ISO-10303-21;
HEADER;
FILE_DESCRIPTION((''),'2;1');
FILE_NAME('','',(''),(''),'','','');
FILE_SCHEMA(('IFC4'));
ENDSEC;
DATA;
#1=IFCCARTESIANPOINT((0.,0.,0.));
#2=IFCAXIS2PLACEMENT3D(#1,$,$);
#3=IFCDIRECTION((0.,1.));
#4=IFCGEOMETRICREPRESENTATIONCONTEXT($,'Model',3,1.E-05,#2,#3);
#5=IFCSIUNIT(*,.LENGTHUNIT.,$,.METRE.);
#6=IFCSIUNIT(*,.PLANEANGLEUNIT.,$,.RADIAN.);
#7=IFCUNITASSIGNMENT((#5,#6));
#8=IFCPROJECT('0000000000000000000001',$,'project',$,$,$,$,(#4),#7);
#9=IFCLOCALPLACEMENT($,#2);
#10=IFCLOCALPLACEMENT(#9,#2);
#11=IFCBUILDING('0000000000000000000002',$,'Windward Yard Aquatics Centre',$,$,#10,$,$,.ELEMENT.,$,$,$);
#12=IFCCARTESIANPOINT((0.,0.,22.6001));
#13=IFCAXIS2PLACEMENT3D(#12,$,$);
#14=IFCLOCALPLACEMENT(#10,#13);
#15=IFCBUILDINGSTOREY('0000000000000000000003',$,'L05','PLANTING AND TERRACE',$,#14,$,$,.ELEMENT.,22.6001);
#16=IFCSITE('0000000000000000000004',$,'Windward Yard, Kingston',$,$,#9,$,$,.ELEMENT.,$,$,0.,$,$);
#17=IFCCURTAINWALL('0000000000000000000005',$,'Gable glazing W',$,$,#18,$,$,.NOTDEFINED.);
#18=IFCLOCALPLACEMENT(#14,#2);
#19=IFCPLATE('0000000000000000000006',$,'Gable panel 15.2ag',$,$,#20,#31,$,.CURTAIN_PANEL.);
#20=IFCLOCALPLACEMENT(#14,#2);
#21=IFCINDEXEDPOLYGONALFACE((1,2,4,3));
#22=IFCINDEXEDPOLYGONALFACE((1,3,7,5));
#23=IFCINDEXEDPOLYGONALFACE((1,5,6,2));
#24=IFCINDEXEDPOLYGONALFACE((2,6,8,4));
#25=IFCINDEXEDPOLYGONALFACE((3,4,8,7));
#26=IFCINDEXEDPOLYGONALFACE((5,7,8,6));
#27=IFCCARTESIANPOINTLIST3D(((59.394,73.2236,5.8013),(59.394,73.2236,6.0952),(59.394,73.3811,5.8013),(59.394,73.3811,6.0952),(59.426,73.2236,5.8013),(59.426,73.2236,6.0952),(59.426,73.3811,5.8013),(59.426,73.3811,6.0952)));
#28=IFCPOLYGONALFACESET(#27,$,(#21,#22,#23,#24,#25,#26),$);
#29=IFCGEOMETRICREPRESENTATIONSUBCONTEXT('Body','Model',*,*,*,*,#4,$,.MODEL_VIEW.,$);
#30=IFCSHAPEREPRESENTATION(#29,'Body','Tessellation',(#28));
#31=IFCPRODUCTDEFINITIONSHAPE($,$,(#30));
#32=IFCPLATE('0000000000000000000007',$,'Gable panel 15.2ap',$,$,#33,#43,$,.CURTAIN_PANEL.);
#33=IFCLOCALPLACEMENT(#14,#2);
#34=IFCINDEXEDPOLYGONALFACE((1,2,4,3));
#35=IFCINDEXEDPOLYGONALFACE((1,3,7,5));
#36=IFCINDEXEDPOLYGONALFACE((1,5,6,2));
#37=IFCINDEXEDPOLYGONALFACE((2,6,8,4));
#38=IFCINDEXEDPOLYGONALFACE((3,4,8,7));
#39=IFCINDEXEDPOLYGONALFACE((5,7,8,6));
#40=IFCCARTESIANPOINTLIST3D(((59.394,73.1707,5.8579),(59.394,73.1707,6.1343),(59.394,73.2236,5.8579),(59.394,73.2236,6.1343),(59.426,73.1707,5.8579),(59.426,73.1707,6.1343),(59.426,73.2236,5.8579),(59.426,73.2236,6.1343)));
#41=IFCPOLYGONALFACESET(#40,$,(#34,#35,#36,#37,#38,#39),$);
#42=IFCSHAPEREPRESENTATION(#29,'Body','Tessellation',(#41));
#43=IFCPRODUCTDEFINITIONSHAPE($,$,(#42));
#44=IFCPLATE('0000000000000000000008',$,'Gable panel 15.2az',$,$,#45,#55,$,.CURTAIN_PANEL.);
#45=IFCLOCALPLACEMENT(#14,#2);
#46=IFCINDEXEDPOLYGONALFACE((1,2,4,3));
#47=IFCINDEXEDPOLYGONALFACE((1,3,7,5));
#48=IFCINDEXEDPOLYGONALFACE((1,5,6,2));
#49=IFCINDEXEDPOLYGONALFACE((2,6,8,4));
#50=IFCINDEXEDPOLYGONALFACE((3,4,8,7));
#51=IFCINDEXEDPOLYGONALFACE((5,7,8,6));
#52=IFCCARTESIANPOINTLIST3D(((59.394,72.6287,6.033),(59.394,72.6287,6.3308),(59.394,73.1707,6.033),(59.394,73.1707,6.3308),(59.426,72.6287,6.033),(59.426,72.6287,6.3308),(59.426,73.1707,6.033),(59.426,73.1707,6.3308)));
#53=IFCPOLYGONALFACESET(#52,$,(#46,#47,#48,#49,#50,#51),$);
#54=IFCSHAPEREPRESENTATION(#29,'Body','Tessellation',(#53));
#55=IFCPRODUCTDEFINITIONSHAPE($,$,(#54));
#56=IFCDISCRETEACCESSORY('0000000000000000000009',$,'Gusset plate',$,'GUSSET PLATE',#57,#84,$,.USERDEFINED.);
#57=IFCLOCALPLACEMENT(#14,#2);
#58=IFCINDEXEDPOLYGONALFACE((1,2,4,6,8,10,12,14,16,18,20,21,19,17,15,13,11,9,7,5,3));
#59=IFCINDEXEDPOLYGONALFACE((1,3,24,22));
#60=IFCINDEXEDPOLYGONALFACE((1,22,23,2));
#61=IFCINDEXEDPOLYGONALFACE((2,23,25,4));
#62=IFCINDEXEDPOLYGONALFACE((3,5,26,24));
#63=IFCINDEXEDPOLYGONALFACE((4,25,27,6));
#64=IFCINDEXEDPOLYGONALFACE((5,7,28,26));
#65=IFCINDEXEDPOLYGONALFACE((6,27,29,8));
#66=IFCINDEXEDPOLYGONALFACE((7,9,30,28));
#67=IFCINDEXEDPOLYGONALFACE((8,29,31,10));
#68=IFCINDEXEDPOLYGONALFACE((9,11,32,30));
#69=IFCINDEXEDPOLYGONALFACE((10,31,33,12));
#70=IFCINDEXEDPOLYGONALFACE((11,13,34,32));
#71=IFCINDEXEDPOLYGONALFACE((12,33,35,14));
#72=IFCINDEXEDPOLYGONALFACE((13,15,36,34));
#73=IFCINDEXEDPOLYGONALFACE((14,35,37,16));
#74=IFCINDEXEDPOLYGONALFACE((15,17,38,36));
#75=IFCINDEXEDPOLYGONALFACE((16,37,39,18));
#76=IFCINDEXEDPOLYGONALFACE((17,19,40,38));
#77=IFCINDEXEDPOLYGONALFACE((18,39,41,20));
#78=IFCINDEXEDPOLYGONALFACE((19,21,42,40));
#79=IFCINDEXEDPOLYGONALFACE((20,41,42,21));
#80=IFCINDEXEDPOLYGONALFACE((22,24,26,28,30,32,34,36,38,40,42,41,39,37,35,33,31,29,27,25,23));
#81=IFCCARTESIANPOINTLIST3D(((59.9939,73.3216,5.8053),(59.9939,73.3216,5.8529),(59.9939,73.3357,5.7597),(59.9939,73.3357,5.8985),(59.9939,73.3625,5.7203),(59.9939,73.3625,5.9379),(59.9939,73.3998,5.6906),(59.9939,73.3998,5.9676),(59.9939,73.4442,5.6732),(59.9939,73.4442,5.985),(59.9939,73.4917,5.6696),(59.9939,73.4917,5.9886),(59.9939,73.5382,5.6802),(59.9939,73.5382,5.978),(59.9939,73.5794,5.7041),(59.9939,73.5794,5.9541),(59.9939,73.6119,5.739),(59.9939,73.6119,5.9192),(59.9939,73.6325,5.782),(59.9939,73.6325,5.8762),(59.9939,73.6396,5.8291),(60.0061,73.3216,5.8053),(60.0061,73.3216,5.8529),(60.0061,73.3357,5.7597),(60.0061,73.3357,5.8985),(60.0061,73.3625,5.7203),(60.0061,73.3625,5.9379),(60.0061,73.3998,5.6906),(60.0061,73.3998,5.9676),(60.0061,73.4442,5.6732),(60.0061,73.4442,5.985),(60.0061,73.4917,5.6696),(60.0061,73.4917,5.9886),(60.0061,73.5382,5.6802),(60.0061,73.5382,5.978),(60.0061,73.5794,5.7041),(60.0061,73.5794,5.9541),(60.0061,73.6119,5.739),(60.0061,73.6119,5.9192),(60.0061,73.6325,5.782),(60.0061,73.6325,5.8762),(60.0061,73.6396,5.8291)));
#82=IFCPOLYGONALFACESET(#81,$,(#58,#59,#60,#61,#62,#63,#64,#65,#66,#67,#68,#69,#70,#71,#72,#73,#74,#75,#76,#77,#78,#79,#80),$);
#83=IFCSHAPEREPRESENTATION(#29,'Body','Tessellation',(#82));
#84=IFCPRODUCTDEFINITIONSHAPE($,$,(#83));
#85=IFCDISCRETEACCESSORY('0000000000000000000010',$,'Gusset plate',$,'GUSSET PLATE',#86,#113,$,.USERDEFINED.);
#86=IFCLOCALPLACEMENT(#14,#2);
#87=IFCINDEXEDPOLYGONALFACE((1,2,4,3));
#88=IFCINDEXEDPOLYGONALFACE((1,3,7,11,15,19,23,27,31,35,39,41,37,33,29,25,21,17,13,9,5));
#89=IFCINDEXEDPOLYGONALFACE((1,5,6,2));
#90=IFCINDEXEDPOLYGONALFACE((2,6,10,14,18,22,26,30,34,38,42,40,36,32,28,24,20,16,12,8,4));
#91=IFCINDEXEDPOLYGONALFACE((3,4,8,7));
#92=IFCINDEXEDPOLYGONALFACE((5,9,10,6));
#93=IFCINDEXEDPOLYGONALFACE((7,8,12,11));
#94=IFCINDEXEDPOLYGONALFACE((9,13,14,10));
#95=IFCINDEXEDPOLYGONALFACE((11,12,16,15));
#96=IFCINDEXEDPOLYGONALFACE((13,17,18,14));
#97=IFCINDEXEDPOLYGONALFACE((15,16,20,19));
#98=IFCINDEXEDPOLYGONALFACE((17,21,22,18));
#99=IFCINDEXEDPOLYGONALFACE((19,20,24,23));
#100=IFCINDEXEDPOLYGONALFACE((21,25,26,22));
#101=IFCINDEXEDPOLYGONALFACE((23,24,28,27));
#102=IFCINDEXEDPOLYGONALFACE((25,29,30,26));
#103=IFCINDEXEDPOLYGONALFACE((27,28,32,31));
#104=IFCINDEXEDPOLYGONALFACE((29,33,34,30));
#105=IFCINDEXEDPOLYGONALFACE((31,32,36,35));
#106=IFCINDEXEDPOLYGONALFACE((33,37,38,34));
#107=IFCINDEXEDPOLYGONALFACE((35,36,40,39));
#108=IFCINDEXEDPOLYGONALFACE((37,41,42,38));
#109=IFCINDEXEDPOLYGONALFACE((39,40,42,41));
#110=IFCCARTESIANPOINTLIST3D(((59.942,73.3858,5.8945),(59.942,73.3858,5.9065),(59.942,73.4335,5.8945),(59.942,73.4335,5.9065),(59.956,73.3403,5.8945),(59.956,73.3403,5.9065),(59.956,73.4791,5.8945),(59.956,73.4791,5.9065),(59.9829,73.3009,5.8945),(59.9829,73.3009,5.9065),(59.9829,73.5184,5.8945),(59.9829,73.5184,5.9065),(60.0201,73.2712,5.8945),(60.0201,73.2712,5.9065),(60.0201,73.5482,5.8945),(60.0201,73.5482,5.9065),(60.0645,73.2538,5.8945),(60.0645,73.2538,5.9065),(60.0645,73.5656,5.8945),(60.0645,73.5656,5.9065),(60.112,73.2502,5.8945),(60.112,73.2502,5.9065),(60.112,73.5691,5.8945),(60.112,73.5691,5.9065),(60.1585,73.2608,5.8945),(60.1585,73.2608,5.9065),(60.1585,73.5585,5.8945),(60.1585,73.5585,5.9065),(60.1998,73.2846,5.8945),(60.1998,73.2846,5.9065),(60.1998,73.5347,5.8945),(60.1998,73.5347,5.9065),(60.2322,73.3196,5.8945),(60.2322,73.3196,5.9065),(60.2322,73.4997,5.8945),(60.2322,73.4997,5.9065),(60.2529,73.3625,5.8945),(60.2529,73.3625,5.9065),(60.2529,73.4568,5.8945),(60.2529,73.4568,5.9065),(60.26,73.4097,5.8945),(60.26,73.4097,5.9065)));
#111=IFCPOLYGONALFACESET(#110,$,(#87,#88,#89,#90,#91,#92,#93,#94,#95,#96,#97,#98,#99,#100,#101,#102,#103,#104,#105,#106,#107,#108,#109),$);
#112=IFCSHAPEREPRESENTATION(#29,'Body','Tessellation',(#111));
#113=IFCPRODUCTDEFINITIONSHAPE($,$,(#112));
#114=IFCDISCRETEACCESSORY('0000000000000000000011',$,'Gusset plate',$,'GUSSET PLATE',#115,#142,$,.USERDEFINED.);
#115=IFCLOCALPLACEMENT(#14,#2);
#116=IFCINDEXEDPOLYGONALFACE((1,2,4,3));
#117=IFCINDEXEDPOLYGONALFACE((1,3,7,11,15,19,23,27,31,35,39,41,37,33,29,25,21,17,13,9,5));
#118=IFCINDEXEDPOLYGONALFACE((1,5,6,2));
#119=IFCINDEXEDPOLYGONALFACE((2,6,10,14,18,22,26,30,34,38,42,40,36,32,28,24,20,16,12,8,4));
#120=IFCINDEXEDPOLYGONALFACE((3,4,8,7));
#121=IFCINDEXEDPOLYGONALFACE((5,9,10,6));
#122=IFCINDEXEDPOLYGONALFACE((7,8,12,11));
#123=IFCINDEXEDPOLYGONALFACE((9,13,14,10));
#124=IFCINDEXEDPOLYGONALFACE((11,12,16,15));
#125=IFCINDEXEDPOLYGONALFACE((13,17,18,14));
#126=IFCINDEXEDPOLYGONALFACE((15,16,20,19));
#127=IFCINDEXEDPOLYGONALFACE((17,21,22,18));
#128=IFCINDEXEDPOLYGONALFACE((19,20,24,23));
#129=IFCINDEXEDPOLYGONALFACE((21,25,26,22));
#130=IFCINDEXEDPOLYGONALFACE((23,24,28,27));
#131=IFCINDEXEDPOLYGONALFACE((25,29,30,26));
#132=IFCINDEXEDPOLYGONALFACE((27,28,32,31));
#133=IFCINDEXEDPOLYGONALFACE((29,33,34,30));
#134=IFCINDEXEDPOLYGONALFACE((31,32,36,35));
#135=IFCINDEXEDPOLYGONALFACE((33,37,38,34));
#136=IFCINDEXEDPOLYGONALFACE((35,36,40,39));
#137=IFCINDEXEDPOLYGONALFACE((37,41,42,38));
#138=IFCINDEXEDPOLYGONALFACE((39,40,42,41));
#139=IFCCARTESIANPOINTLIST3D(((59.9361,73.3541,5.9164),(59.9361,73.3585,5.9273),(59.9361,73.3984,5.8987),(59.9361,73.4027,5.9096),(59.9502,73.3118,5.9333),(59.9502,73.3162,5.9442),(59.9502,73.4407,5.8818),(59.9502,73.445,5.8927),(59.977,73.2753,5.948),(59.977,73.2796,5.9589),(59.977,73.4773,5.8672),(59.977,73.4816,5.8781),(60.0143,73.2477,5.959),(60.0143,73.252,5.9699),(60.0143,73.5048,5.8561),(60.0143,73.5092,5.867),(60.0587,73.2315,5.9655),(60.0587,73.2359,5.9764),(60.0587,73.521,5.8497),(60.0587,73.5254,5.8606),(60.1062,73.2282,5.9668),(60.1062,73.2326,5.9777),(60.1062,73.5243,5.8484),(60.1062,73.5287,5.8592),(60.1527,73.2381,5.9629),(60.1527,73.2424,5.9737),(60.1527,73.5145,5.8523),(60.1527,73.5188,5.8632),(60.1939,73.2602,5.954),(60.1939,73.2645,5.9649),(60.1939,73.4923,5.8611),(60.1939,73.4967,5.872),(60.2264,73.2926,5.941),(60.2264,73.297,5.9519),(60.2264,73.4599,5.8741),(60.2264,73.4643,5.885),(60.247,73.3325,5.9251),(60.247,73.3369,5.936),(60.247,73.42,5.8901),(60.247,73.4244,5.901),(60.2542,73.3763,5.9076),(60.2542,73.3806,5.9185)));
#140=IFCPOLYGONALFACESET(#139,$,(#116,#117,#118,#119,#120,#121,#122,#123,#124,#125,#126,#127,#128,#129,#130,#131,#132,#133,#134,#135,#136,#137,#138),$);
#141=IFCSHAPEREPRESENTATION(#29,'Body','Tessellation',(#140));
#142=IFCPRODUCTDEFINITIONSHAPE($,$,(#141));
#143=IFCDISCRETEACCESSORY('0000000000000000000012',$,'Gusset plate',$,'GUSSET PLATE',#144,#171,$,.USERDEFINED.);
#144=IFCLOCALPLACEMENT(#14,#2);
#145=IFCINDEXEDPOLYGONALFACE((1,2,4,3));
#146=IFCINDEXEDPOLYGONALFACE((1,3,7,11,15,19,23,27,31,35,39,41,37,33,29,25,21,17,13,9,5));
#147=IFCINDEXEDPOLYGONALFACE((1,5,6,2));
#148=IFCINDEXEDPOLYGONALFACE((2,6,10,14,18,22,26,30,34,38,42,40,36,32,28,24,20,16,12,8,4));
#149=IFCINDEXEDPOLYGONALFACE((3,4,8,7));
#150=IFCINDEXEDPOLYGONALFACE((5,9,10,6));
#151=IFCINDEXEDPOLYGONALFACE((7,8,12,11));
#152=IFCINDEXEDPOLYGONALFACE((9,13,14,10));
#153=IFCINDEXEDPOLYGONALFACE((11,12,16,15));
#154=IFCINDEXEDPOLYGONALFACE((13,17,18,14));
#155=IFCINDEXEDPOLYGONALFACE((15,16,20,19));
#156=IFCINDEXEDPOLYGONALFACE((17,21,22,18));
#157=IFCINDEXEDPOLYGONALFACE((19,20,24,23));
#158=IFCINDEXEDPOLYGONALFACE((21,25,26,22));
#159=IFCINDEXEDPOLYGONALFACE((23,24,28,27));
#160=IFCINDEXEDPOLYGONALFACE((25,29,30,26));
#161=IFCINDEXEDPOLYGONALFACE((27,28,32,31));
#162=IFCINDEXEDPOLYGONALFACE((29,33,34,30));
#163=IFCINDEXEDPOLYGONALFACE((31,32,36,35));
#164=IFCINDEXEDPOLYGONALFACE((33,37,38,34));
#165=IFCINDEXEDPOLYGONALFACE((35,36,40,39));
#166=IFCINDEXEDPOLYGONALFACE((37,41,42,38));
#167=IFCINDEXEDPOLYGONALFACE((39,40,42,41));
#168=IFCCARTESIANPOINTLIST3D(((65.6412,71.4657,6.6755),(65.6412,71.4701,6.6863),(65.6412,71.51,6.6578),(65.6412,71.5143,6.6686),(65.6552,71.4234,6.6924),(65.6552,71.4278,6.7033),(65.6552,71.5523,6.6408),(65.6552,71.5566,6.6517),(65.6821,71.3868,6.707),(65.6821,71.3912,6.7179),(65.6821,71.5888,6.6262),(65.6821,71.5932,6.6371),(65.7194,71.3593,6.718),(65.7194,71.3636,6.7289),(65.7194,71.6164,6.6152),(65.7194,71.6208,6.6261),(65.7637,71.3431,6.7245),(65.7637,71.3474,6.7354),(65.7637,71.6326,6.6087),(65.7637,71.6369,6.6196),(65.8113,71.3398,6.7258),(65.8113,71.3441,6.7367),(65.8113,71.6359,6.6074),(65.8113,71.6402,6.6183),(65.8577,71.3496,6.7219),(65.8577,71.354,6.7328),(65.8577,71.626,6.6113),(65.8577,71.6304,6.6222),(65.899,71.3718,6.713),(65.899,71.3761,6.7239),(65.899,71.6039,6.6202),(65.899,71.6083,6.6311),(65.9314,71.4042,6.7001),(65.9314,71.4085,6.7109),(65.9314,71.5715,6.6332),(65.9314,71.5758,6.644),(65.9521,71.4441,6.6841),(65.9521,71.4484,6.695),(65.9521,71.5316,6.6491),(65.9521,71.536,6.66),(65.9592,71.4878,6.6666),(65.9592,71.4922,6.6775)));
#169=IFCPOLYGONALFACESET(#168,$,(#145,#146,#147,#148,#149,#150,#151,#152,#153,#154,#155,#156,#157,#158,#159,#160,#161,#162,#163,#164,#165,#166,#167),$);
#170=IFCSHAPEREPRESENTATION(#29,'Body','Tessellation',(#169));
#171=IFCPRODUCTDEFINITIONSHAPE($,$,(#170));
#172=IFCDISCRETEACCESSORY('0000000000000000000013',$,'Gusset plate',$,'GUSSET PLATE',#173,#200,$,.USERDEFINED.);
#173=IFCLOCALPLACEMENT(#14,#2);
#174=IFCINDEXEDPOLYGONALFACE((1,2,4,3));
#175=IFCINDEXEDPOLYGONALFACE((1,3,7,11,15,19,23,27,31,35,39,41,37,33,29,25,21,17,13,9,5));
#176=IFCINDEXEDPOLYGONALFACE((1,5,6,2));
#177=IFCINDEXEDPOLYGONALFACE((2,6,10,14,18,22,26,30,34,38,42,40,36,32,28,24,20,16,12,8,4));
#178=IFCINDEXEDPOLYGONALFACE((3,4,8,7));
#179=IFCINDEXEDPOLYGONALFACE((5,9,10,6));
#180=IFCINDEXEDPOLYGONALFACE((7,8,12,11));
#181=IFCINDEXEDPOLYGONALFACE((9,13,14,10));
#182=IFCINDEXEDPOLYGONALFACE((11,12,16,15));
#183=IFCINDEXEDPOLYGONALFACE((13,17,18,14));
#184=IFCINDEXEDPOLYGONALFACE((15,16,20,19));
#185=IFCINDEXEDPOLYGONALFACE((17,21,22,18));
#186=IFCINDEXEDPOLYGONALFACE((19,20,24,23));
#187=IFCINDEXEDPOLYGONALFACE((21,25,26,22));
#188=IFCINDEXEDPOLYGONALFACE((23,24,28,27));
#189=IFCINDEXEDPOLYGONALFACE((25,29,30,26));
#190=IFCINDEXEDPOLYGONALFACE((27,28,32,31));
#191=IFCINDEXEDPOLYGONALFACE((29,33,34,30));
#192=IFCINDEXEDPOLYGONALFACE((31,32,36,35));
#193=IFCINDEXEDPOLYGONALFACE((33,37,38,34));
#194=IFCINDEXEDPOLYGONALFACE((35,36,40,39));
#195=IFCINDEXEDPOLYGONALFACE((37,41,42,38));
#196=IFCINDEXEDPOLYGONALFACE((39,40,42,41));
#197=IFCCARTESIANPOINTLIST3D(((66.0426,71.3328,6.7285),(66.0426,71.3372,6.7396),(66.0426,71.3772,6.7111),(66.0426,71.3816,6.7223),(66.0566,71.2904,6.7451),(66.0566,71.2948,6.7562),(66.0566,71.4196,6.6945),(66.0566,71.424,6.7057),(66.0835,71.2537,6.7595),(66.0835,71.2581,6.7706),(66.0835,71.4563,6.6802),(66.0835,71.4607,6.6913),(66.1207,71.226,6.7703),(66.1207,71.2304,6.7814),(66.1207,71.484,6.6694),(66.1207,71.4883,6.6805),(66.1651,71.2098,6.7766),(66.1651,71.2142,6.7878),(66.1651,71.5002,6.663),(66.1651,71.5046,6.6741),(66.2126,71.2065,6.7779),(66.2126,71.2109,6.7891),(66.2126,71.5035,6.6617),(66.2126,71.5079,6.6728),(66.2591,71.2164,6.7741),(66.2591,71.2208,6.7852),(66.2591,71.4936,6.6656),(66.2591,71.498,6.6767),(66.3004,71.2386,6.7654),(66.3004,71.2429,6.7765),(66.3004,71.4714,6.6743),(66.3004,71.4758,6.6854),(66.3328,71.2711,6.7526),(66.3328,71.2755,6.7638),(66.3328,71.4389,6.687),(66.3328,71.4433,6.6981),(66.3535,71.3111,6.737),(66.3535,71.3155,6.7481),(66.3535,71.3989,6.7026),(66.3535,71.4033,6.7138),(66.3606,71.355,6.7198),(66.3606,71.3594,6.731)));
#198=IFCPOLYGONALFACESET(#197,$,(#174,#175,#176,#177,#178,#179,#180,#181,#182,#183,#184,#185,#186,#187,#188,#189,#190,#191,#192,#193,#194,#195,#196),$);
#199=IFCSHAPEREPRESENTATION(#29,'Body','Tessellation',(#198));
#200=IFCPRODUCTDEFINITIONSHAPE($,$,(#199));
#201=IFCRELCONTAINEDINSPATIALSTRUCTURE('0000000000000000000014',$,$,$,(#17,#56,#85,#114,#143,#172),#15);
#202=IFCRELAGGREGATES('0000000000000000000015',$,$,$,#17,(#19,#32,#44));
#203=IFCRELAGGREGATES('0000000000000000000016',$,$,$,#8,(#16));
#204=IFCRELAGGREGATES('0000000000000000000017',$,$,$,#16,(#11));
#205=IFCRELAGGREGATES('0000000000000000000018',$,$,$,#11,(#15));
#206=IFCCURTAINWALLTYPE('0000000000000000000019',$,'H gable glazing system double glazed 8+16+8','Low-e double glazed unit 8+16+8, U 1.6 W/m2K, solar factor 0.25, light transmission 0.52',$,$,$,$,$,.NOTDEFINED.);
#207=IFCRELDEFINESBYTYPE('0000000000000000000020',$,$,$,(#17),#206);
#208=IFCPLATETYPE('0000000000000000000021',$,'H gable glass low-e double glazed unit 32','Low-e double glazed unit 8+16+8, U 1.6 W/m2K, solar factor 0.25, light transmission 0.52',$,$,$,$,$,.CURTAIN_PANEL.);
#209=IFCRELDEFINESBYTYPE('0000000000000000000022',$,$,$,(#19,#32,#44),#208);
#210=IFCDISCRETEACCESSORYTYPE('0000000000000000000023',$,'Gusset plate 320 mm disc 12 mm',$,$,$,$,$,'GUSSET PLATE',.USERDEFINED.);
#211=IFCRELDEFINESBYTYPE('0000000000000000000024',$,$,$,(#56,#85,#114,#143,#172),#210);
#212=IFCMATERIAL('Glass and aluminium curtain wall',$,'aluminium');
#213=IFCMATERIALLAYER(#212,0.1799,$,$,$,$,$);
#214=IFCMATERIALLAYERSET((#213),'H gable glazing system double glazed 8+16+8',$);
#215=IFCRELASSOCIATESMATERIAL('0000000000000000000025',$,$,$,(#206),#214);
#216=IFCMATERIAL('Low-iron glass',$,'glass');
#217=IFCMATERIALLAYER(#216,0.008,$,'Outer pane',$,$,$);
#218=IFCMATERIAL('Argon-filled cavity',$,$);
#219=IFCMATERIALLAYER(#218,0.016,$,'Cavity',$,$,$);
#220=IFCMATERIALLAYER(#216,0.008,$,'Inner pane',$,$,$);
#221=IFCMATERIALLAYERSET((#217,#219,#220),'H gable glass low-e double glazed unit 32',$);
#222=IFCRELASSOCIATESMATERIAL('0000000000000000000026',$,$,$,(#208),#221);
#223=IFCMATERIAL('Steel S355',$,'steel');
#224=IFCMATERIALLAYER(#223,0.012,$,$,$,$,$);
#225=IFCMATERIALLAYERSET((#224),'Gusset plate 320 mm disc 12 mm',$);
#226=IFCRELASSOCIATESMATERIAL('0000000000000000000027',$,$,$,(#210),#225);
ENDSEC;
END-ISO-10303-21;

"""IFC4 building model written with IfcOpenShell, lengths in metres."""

from ifc_helpers import new_model, si_unit, direction, frame, origin, origin_2d, place, context, subcontext, project, spatial, polyline, circle, outline, extrude, material, layer, layer_set, type_object, element, aggregate, save


model = new_model("IFC4")

# Units and contexts
model_context = context("Model", 3, precision=1e-05, world=origin(), true_north=direction((0.0, 1.0)))
body_context = subcontext(model_context, "Body", "Model", "MODEL_VIEW")
ifc_project = project(units=[si_unit("LENGTHUNIT", "METRE"), si_unit("PLANEANGLEUNIT", "RADIAN")], contexts=[model_context])

# Site, building, storey
site_placement = place(None, origin())
site = spatial("IfcSite", under=ifc_project, at=site_placement, Name="Windward Yard, Kingston", CompositionType="ELEMENT", RefElevation=0.0)
building_placement = place(site_placement, origin())
building = spatial("IfcBuilding", under=site, at=building_placement, Name="Windward Yard Aquatics Centre", CompositionType="ELEMENT")
storey_placement = place(building_placement, frame((0.0, 0.0, 22.6001)))
storey = spatial("IfcBuildingStorey", under=building, at=storey_placement, Name="L05", Description="PLANTING AND TERRACE", CompositionType="ELEMENT", Elevation=22.6001)

# Curtain wall, plates
ifc_material_1 = material(Name="Glass and aluminium curtain wall", Category="aluminium")
ifc_layer_1 = layer(ifc_material_1, 0.1799)
ifc_layer_set_1 = layer_set([ifc_layer_1], Name="H gable glazing system double glazed 8+16+8")
curtain_wall_type = type_object("IfcCurtainWallType", Name="H gable glazing system double glazed 8+16+8", Description="Low-e double glazed unit 8+16+8, U 1.6 W/m2K, solar factor 0.25, light transmission 0.52", PredefinedType="NOTDEFINED", material=ifc_layer_set_1)
curtain_wall_placement = place(storey_placement, origin())
curtain_wall = element("IfcCurtainWall", 1, at=curtain_wall_placement, inside=storey, type_object=curtain_wall_type, Name="Gable glazing W", PredefinedType="NOTDEFINED")
ifc_material_2 = material(Name="Low-iron glass", Category="glass")
ifc_layer_2 = layer(ifc_material_2, 0.008, Name="Outer pane")
ifc_material_3 = material(Name="Argon-filled cavity")
ifc_layer_3 = layer(ifc_material_3, 0.016, Name="Cavity")
ifc_layer_4 = layer(ifc_material_2, 0.008, Name="Inner pane")
ifc_layer_set_2 = layer_set([ifc_layer_2, ifc_layer_3, ifc_layer_4], Name="H gable glass low-e double glazed unit 32")
plate_type = type_object("IfcPlateType", Name="H gable glass low-e double glazed unit 32", Description="Low-e double glazed unit 8+16+8, U 1.6 W/m2K, solar factor 0.25, light transmission 0.52", PredefinedType="CURTAIN_PANEL", material=ifc_layer_set_2)
plate_1_placement = place(storey_placement, frame((59.426, 73.2236, 5.8013), z_axis=(1.0, 0.0, 0.0), x_axis=(0.0, 1.0, 0.0)))
plate_1 = element("IfcPlate", 2, at=plate_1_placement, type_object=plate_type, Name="Gable panel 15.2ag", PredefinedType="CURTAIN_PANEL", context=body_context, shape_type="SweptSolid", body=[
    extrude(outline(polyline([(0.0, 0.0), (0.1575, 0.0), (0.1575, 0.2939), (0.0, 0.2939), (0.0, 0.0)])), origin(), (0.0, 0.0, -1.0), 0.032),
])
plate_2_placement = place(storey_placement, frame((59.426, 73.1707, 5.8579), z_axis=(1.0, 0.0, 0.0), x_axis=(0.0, 1.0, 0.0)))
plate_2 = element("IfcPlate", 3, at=plate_2_placement, type_object=plate_type, Name="Gable panel 15.2ap", PredefinedType="CURTAIN_PANEL", context=body_context, shape_type="SweptSolid", body=[
    extrude(outline(polyline([(0.0, 0.0), (0.053, 0.0), (0.053, 0.2764), (0.0, 0.2764), (0.0, 0.0)])), origin(), (0.0, 0.0, -1.0), 0.032),
])
plate_3_placement = place(storey_placement, frame((59.426, 72.6287, 6.033), z_axis=(1.0, 0.0, 0.0), x_axis=(0.0, 1.0, 0.0)))
plate_3 = element("IfcPlate", 4, at=plate_3_placement, type_object=plate_type, Name="Gable panel 15.2az", PredefinedType="CURTAIN_PANEL", context=body_context, shape_type="SweptSolid", body=[
    extrude(outline(polyline([(0.0, 0.0), (0.542, 0.0), (0.542, 0.2979), (0.0, 0.2979), (0.0, 0.0)])), origin(), (0.0, 0.0, -1.0), 0.032),
])

# Discrete accessories
ifc_material_4 = material(Name="Steel S355", Category="steel")
ifc_layer_5 = layer(ifc_material_4, 0.012)
ifc_layer_set_3 = layer_set([ifc_layer_5], Name="Gusset plate 320 mm disc 12 mm")
discrete_accessory_type = type_object("IfcDiscreteAccessoryType", Name="Gusset plate 320 mm disc 12 mm", ElementType="GUSSET PLATE", PredefinedType="USERDEFINED", material=ifc_layer_set_3)
discrete_accessory_1_placement = place(storey_placement, frame((59.9939, 73.4797, 5.8291), z_axis=(1.0, 0.0, 0.0), x_axis=(0.0, 1.0, 0.0)))
element("IfcDiscreteAccessory", 5, at=discrete_accessory_1_placement, inside=storey, type_object=discrete_accessory_type, Name="Gusset plate", ObjectType="GUSSET PLATE", PredefinedType="USERDEFINED", context=body_context, shape_type="SweptSolid", body=[
    extrude(circle(Radius=0.1599, at=origin_2d()), origin(), (0.0, 0.0, 1.0), 0.0122),
])
discrete_accessory_2_placement = place(storey_placement, frame((60.1001, 73.4097, 5.8945), z_axis=(0.0, 0.0, 1.0), x_axis=(1.0, 0.0, 0.0)))
element("IfcDiscreteAccessory", 6, at=discrete_accessory_2_placement, inside=storey, type_object=discrete_accessory_type, Name="Gusset plate", ObjectType="GUSSET PLATE", PredefinedType="USERDEFINED", context=body_context, shape_type="SweptSolid", body=[
    extrude(circle(Radius=0.1599, at=origin_2d()), origin(), (0.0, 0.0, 1.0), 0.012),
])
for number, where, z_axis, x_axis, name in (
    (7, (60.0942, 73.3806, 5.9185), (0.0, -0.371391, -0.928477), (1.0, 0.0, 0.0), "Gusset plate"),
    (8, (65.7993, 71.4922, 6.6775), (0.0, -0.371391, -0.928477), (1.0, 0.0, 0.0), "Gusset plate"),
):
    element("IfcDiscreteAccessory", number, at=place(storey_placement, frame(where, z_axis=z_axis, x_axis=x_axis)), inside=storey, type_object=discrete_accessory_type, Name=name, ObjectType="GUSSET PLATE", PredefinedType="USERDEFINED", context=body_context, shape_type="SweptSolid", body=[
        extrude(circle(Radius=0.1599, at=origin_2d()), origin(), (0.0, 0.0, 1.0), 0.0117),
    ])
for number, where, z_axis, x_axis, name in (
    (9, (66.2007, 71.3594, 6.731), (0.0, -0.364399, -0.931243), (1.0, 0.0, 0.0), "Gusset plate"),
):
    element("IfcDiscreteAccessory", number, at=place(storey_placement, frame(where, z_axis=z_axis, x_axis=x_axis)), inside=storey, type_object=discrete_accessory_type, Name=name, ObjectType="GUSSET PLATE", PredefinedType="USERDEFINED", context=body_context, shape_type="SweptSolid", body=[
        extrude(circle(Radius=0.1599, at=origin_2d()), origin(), (0.0, 0.0, 1.0), 0.012),
    ])

aggregate(curtain_wall, [plate_1, plate_2, plate_3])

save(model, "model.ifc")
